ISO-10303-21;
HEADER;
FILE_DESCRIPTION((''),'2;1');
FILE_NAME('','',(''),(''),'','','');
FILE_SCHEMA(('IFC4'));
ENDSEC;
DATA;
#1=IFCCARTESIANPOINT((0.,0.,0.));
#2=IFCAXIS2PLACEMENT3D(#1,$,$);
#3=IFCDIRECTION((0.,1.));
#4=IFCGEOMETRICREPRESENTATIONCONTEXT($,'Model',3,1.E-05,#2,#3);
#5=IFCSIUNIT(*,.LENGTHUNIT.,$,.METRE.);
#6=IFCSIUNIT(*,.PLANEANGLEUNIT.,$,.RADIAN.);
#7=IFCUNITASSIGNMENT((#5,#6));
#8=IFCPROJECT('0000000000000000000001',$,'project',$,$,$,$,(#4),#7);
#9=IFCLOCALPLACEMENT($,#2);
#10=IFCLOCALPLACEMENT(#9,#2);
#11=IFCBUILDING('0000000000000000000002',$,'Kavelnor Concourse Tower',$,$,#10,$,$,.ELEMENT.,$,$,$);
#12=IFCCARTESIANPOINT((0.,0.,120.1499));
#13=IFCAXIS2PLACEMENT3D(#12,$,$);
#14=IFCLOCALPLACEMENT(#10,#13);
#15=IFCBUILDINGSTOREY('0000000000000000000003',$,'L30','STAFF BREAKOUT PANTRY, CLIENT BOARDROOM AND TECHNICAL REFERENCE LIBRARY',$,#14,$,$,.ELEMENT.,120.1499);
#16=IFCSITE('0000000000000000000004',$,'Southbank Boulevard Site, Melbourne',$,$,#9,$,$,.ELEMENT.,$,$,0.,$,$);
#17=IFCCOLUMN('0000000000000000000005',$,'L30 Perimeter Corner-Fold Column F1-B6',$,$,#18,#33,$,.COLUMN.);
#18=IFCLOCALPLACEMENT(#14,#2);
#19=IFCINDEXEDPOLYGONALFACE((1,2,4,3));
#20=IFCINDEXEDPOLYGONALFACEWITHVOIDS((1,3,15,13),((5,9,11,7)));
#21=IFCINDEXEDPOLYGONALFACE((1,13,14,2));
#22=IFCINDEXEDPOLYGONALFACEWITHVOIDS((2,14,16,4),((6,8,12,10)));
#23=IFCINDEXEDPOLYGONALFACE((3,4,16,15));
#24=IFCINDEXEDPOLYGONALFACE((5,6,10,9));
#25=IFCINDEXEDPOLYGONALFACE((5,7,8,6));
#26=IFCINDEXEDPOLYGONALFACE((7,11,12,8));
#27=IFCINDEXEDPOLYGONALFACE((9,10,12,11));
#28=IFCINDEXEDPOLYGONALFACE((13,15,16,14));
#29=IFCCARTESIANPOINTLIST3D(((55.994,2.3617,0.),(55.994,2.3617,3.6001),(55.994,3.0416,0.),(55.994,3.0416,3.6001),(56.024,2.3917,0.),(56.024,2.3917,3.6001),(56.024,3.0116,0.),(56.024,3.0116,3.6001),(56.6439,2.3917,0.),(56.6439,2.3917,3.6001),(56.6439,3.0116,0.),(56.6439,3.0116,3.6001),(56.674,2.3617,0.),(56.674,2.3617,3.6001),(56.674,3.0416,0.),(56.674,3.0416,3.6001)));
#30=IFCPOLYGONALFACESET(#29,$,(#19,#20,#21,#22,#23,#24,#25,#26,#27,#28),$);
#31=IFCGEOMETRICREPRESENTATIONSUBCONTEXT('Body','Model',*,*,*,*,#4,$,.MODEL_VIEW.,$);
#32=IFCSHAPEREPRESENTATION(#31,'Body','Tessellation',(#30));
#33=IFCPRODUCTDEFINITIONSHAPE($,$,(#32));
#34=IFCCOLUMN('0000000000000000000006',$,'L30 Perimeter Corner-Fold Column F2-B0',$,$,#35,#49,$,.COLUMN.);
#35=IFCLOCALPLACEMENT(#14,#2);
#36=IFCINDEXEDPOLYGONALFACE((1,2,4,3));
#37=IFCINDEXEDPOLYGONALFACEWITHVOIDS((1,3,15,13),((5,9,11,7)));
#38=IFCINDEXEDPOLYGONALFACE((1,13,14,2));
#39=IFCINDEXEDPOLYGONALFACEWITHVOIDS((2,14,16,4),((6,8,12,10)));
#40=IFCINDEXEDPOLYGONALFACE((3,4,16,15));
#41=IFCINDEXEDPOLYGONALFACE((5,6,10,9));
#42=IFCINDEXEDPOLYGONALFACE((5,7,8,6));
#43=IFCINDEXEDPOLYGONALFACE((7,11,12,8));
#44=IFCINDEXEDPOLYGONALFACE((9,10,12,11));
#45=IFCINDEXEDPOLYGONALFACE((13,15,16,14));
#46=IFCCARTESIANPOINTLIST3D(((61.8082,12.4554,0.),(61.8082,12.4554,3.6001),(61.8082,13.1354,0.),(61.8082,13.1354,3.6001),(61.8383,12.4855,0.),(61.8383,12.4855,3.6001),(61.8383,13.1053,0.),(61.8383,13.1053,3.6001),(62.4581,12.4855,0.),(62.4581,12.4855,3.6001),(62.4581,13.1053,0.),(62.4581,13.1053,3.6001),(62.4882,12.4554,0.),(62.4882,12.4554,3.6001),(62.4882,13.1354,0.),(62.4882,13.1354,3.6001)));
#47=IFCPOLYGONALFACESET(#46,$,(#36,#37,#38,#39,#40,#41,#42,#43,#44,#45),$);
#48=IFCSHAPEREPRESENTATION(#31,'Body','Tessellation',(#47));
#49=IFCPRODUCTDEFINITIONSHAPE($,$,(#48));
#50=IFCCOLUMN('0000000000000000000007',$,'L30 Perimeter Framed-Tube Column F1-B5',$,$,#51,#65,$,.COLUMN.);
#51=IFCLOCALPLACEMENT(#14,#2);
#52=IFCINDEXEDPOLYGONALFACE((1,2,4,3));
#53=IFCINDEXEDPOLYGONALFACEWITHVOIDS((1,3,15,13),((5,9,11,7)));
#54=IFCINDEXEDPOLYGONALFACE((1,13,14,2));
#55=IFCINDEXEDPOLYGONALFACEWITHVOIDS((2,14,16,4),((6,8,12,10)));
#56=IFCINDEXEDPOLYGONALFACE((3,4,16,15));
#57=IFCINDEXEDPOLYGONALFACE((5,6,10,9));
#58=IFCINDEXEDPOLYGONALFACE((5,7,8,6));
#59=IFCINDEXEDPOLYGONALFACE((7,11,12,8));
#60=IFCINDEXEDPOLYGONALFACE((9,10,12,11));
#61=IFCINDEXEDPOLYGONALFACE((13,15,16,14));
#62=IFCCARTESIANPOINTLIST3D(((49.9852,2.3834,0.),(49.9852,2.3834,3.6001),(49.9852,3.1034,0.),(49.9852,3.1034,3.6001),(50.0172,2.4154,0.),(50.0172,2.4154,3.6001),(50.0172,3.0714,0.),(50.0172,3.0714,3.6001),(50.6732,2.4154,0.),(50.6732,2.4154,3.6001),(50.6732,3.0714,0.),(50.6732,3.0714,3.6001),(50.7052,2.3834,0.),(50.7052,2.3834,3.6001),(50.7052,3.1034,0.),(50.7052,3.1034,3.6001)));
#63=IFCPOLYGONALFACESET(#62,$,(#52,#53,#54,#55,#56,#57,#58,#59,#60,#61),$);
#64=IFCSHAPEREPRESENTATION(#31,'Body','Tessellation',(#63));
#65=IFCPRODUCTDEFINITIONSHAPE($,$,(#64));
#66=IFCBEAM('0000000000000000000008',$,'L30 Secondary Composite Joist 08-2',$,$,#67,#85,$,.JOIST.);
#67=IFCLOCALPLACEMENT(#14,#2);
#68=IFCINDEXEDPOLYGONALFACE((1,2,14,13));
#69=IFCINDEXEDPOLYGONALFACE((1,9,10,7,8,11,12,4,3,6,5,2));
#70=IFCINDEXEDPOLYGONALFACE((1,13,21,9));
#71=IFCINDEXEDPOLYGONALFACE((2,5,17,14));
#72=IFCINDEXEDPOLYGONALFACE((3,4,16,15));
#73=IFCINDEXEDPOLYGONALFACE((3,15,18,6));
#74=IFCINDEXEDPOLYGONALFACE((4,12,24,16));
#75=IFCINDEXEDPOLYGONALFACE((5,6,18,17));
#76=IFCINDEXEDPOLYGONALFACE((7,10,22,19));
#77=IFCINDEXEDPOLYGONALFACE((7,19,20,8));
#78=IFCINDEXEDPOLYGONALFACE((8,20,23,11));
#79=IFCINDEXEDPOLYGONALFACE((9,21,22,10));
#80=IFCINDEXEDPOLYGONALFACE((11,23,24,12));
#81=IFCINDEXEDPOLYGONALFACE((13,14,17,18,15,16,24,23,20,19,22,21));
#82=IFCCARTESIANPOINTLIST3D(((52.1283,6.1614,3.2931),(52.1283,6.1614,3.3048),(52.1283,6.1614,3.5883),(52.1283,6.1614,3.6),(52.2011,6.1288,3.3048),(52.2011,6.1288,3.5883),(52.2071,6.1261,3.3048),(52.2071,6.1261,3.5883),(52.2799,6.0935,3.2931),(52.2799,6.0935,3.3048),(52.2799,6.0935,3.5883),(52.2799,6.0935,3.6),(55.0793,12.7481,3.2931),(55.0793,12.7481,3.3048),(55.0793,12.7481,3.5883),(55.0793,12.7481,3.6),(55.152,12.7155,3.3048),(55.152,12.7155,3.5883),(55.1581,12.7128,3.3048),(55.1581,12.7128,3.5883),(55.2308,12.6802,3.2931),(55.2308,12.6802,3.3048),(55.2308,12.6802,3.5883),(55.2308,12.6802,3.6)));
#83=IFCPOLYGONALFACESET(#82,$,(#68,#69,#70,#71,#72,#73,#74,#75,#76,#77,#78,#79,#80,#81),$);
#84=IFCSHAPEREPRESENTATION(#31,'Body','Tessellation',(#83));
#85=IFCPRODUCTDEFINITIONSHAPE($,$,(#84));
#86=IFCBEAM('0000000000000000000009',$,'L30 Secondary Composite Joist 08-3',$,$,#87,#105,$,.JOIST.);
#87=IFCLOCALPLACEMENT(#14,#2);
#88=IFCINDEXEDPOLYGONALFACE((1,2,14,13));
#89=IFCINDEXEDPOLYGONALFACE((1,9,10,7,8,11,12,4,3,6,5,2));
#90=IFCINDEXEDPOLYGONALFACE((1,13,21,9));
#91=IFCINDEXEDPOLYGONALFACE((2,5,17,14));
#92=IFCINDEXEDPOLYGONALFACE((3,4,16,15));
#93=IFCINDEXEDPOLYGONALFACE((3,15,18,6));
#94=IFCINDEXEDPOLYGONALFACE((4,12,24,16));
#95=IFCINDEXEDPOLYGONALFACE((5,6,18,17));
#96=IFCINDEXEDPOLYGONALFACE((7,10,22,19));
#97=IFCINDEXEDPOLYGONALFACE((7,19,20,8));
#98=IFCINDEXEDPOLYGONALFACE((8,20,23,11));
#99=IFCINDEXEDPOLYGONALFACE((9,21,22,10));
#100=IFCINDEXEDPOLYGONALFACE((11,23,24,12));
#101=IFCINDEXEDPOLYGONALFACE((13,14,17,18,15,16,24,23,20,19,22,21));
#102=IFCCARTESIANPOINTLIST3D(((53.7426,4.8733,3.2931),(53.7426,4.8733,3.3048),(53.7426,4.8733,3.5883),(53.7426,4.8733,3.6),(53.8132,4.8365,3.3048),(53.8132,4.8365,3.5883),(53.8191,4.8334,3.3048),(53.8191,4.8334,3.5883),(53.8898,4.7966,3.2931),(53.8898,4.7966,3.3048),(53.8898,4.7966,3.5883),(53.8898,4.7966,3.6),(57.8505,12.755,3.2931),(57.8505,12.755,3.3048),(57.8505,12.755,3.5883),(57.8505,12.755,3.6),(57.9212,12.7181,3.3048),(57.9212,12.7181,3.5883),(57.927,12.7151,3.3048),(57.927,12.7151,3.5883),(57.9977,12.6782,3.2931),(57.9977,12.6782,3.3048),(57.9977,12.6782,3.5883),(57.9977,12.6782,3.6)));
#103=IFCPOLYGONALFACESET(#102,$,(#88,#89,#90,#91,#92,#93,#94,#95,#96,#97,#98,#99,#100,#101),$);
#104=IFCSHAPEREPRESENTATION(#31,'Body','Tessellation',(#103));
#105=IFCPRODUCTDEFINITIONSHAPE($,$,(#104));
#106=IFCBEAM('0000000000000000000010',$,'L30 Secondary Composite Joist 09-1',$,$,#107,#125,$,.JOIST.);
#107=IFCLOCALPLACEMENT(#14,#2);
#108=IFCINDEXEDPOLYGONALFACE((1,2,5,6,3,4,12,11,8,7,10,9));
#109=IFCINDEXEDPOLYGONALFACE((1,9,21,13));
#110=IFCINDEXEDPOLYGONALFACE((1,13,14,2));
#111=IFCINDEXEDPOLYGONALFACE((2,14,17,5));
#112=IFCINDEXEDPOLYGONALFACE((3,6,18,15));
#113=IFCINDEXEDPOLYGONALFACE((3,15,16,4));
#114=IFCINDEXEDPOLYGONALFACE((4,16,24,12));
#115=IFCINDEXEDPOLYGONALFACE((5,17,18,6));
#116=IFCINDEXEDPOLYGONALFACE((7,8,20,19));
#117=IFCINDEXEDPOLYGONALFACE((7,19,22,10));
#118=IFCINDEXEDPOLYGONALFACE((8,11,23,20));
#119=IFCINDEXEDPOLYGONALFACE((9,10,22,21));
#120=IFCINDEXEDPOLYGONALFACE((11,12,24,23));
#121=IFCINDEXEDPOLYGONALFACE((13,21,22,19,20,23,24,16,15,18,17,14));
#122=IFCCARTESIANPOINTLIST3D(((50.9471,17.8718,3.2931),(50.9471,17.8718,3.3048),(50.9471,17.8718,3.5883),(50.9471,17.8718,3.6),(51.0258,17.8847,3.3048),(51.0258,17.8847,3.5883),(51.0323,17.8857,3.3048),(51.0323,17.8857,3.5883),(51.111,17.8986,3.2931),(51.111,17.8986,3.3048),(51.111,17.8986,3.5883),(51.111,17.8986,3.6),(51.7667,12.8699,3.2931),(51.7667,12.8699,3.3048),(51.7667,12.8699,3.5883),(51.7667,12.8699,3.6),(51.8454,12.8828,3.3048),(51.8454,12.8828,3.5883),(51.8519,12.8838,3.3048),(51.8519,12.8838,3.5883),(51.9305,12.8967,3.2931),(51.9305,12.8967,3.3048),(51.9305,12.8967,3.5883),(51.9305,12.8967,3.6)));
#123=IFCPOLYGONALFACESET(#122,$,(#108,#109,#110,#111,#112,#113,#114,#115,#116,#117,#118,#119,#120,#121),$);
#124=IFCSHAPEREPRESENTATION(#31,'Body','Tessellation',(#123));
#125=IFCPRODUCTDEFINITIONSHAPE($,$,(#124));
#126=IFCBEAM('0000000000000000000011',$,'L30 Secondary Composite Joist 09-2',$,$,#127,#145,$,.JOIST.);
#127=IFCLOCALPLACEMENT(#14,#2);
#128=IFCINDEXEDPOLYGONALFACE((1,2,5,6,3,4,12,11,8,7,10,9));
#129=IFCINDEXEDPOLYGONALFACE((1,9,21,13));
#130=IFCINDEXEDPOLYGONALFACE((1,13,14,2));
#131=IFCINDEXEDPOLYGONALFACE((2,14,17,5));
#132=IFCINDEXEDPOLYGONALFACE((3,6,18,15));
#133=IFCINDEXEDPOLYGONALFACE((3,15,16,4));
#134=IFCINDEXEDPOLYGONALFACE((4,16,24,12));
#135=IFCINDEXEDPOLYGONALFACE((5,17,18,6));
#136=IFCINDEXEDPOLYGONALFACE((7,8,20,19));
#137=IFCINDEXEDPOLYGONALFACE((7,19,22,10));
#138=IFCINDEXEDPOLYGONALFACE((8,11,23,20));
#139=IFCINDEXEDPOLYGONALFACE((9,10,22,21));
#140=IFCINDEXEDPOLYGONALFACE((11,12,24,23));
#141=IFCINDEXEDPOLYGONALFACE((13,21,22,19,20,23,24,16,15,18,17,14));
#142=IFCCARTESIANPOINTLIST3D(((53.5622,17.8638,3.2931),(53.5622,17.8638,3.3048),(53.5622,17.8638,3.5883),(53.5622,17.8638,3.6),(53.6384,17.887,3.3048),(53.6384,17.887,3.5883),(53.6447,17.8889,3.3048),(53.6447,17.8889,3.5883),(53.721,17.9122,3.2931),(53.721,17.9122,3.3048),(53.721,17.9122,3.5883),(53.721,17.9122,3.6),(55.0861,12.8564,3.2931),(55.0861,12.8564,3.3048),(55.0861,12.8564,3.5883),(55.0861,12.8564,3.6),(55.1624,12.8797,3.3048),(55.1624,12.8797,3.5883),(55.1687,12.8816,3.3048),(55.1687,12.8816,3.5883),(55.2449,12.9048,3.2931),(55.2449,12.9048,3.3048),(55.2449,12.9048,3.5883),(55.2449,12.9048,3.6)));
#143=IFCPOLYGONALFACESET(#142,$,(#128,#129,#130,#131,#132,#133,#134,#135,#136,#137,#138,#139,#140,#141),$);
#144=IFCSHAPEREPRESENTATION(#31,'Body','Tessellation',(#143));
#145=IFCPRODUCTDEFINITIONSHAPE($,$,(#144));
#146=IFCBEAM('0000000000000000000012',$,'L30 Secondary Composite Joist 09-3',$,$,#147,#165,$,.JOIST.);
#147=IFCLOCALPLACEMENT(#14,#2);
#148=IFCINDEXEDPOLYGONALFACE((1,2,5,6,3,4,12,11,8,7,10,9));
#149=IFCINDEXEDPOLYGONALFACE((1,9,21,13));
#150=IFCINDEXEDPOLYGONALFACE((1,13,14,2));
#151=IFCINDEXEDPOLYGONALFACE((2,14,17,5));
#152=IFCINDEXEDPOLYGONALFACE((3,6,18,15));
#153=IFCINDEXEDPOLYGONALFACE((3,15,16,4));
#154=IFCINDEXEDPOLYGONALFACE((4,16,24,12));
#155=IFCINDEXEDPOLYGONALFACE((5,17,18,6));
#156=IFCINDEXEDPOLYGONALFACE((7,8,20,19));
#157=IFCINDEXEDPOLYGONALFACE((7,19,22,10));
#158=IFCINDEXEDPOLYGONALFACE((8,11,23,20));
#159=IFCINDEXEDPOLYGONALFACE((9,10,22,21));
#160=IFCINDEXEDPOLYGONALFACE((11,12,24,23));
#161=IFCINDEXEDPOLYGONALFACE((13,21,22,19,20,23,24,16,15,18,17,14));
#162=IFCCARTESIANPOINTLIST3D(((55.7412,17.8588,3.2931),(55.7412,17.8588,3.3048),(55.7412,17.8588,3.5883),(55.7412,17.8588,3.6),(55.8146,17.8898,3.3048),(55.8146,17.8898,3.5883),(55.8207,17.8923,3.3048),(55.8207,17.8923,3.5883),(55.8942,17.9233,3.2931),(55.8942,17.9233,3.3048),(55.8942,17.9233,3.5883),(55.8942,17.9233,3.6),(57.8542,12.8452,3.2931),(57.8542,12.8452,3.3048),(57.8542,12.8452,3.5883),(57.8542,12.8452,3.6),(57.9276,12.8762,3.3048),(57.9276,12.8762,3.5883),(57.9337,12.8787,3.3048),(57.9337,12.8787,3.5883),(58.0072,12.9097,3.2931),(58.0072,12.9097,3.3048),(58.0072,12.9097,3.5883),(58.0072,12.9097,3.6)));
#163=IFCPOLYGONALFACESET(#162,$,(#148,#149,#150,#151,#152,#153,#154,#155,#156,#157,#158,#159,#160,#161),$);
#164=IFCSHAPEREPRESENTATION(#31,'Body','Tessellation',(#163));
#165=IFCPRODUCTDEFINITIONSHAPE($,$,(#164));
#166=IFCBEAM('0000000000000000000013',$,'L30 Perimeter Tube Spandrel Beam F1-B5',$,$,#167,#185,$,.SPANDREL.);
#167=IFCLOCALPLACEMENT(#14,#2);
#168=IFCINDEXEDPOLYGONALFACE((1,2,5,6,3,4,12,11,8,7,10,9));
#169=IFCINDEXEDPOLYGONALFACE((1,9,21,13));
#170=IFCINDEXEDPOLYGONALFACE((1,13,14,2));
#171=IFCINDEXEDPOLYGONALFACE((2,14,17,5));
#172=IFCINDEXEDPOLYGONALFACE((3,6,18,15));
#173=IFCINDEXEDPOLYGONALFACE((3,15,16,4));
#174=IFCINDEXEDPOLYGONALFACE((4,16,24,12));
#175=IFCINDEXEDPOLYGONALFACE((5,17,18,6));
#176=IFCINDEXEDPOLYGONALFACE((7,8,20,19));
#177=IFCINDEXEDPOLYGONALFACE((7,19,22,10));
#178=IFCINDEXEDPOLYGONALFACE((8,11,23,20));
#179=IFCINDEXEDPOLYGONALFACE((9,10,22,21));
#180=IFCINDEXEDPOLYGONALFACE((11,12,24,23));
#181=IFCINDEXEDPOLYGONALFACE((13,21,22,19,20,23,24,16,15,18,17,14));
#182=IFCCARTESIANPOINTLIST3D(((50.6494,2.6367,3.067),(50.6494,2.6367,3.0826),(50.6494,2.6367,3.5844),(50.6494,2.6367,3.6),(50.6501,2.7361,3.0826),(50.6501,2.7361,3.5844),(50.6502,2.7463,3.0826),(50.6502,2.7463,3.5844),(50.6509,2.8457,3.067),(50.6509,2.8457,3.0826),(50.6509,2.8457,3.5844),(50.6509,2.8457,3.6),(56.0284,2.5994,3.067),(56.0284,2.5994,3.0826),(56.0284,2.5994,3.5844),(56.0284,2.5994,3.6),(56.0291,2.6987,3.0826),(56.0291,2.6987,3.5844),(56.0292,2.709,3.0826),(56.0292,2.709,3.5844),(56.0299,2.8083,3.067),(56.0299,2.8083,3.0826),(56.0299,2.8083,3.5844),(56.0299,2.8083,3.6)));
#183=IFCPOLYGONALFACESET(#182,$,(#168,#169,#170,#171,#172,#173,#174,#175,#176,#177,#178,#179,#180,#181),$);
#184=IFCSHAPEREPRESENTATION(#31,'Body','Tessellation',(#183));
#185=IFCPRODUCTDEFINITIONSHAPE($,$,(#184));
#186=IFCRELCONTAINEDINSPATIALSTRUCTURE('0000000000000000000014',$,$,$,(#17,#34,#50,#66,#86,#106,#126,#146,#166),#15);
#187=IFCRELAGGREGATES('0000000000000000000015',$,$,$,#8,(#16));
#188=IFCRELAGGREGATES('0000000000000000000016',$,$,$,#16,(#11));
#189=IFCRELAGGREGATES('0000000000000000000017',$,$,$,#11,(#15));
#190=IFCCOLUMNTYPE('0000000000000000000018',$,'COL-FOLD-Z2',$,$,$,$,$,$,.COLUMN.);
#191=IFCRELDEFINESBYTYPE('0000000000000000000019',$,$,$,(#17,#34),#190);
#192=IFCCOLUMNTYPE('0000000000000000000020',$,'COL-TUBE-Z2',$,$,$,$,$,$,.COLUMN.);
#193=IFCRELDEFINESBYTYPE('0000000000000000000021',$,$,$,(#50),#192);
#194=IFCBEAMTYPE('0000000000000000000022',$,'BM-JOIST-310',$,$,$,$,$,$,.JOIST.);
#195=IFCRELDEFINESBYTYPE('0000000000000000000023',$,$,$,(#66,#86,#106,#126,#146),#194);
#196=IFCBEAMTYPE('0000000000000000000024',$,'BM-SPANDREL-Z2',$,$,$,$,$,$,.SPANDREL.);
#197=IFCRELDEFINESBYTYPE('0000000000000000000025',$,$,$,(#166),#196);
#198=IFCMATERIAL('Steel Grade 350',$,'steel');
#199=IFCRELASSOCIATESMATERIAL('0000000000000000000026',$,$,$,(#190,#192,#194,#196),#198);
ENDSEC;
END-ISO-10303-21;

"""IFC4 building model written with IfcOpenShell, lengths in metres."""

from ifc_helpers import new_model, si_unit, direction, frame, origin, origin_2d, place, context, subcontext, project, spatial, hollow_rectangle, i_section, extrude, material, material_profile, profile_set, type_object, element, save


model = new_model("IFC4")

# Units and contexts
model_context = context("Model", 3, precision=1e-05, world=origin(), true_north=direction((0.0, 1.0)))
body_context = subcontext(model_context, "Body", "Model", "MODEL_VIEW")
ifc_project = project(units=[si_unit("LENGTHUNIT", "METRE"), si_unit("PLANEANGLEUNIT", "RADIAN")], contexts=[model_context])

# Site, building, storey
site_placement = place(None, origin())
site = spatial("IfcSite", under=ifc_project, at=site_placement, Name="Southbank Boulevard Site, Melbourne", CompositionType="ELEMENT", RefElevation=0.0)
building_placement = place(site_placement, origin())
building = spatial("IfcBuilding", under=site, at=building_placement, Name="Kavelnor Concourse Tower", CompositionType="ELEMENT")
storey_placement = place(building_placement, frame((0.0, 0.0, 120.1499)))
storey = spatial("IfcBuildingStorey", under=building, at=storey_placement, Name="L30", Description="STAFF BREAKOUT PANTRY, CLIENT BOARDROOM AND TECHNICAL REFERENCE LIBRARY", CompositionType="ELEMENT", Elevation=120.1499)

# Columns
ifc_material_1 = material(Name="Steel Grade 350", Category="steel")
ifc_material_profile_1 = material_profile(ifc_material_1, hollow_rectangle(XDim=0.6799, YDim=0.6799, WallThickness=0.03, at=origin_2d()), Name="SHS 680x680x30")
ifc_profile_set_1 = profile_set([ifc_material_profile_1], Name="Steel Grade 350")
column_type_1 = type_object("IfcColumnType", Name="COL-FOLD-Z2", PredefinedType="COLUMN", material=ifc_profile_set_1)
for number, where, z_axis, x_axis, name in (
    (1, (56.334, 2.7017, 0.0), (0.0, 0.0, 1.0), (1.0, 0.0, 0.0), "L30 Perimeter Corner-Fold Column F1-B6"),
    (2, (62.1482, 12.7954, 0.0), (0.0, 0.0, 1.0), (1.0, 0.0, 0.0), "L30 Perimeter Corner-Fold Column F2-B0"),
):
    element("IfcColumn", number, at=place(storey_placement, frame(where, z_axis=z_axis, x_axis=x_axis)), inside=storey, type_object=column_type_1, Name=name, PredefinedType="COLUMN", context=body_context, shape_type="SweptSolid", body=[
        extrude(hollow_rectangle(XDim=0.6799, YDim=0.6799, WallThickness=0.03, at=origin_2d()), origin(), (0.0, 0.0, 1.0), 3.6001),
    ])
ifc_material_profile_2 = material_profile(ifc_material_1, hollow_rectangle(XDim=0.72, YDim=0.72, WallThickness=0.032, at=origin_2d()), Name="SHS 720x720x32")
ifc_profile_set_2 = profile_set([ifc_material_profile_2], Name="Steel Grade 350")
column_type_2 = type_object("IfcColumnType", Name="COL-TUBE-Z2", PredefinedType="COLUMN", material=ifc_profile_set_2)
column_placement = place(storey_placement, frame((50.3452, 2.7434, 0.0), z_axis=(0.0, 0.0, 1.0), x_axis=(1.0, 0.0, 0.0)))
element("IfcColumn", 3, at=column_placement, inside=storey, type_object=column_type_2, Name="L30 Perimeter Framed-Tube Column F1-B5", PredefinedType="COLUMN", context=body_context, shape_type="SweptSolid", body=[
    extrude(hollow_rectangle(XDim=0.72, YDim=0.72, WallThickness=0.032, at=origin_2d()), origin(), (0.0, 0.0, 1.0), 3.6001),
])

# Beams
ifc_material_profile_3 = material_profile(ifc_material_1, i_section(OverallWidth=0.166, OverallDepth=0.3069, WebThickness=0.0066, FlangeThickness=0.0117, at=origin_2d()), Name="310UB46")
ifc_profile_set_3 = profile_set([ifc_material_profile_3], Name="Steel Grade 350")
beam_type_1 = type_object("IfcBeamType", Name="BM-JOIST-310", PredefinedType="JOIST", material=ifc_profile_set_3)
beam_1_placement = place(storey_placement, frame((52.2041, 6.1274, 3.4465), z_axis=(0.408858, 0.912598, 0.0), x_axis=(-0.912598, 0.408858, 0.0)))
element("IfcBeam", 4, at=beam_1_placement, inside=storey, type_object=beam_type_1, Name="L30 Secondary Composite Joist 08-2", PredefinedType="JOIST", context=body_context, shape_type="SweptSolid", body=[
    extrude(i_section(OverallWidth=0.166, OverallDepth=0.3069, WebThickness=0.0066, FlangeThickness=0.0117, at=origin_2d()), origin(), (0.0, 0.0, 1.0), 7.2175),
])
beam_2_placement = place(storey_placement, frame((53.8162, 4.835, 3.4465), z_axis=(0.462192, 0.88678, 0.0), x_axis=(-0.88678, 0.462192, 0.0)))
element("IfcBeam", 5, at=beam_2_placement, inside=storey, type_object=beam_type_1, Name="L30 Secondary Composite Joist 08-3", PredefinedType="JOIST", context=body_context, shape_type="SweptSolid", body=[
    extrude(i_section(OverallWidth=0.166, OverallDepth=0.3069, WebThickness=0.0066, FlangeThickness=0.0117, at=origin_2d()), origin(), (0.0, 0.0, 1.0), 8.8879),
])
beam_3_placement = place(storey_placement, frame((51.8486, 12.8833, 3.4465), z_axis=(-0.161696, 0.986841, 0.0), x_axis=(-0.986841, -0.161696, 0.0)))
element("IfcBeam", 6, at=beam_3_placement, inside=storey, type_object=beam_type_1, Name="L30 Secondary Composite Joist 09-1", PredefinedType="JOIST", context=body_context, shape_type="SweptSolid", body=[
    extrude(i_section(OverallWidth=0.166, OverallDepth=0.3069, WebThickness=0.0066, FlangeThickness=0.0117, at=origin_2d()), origin(), (0.0, 0.0, 1.0), 5.0686),
])
beam_4_placement = place(storey_placement, frame((55.1655, 12.8806, 3.4465), z_axis=(-0.291154, 0.956676, 0.0), x_axis=(-0.956676, -0.291154, 0.0)))
element("IfcBeam", 7, at=beam_4_placement, inside=storey, type_object=beam_type_1, Name="L30 Secondary Composite Joist 09-2", PredefinedType="JOIST", context=body_context, shape_type="SweptSolid", body=[
    extrude(i_section(OverallWidth=0.166, OverallDepth=0.3069, WebThickness=0.0066, FlangeThickness=0.0117, at=origin_2d()), origin(), (0.0, 0.0, 1.0), 5.2341),
])
beam_5_placement = place(storey_placement, frame((57.9307, 12.8774, 3.4465), z_axis=(-0.388372, 0.921503, 0.0), x_axis=(-0.921503, -0.388372, 0.0)))
element("IfcBeam", 8, at=beam_5_placement, inside=storey, type_object=beam_type_1, Name="L30 Secondary Composite Joist 09-3", PredefinedType="JOIST", context=body_context, shape_type="SweptSolid", body=[
    extrude(i_section(OverallWidth=0.166, OverallDepth=0.3069, WebThickness=0.0066, FlangeThickness=0.0117, at=origin_2d()), origin(), (0.0, 0.0, 1.0), 5.4407),
])
ifc_material_profile_4 = material_profile(ifc_material_1, i_section(OverallWidth=0.209, OverallDepth=0.533, WebThickness=0.0103, FlangeThickness=0.0156, at=origin_2d()), Name="530UB92")
ifc_profile_set_4 = profile_set([ifc_material_profile_4], Name="Steel Grade 350")
beam_type_2 = type_object("IfcBeamType", Name="BM-SPANDREL-Z2", PredefinedType="SPANDREL", material=ifc_profile_set_4)
beam_6_placement = place(storey_placement, frame((50.6501, 2.7412, 3.3335), z_axis=(0.999976, -0.006944, 0.0), x_axis=(0.006944, 0.999976, 0.0)))
element("IfcBeam", 9, at=beam_6_placement, inside=storey, type_object=beam_type_2, Name="L30 Perimeter Tube Spandrel Beam F1-B5", PredefinedType="SPANDREL", context=body_context, shape_type="SweptSolid", body=[
    extrude(i_section(OverallWidth=0.209, OverallDepth=0.533, WebThickness=0.0103, FlangeThickness=0.0156, at=origin_2d()), origin(), (0.0, 0.0, 1.0), 5.3792),
])

save(model, "model.ifc")
